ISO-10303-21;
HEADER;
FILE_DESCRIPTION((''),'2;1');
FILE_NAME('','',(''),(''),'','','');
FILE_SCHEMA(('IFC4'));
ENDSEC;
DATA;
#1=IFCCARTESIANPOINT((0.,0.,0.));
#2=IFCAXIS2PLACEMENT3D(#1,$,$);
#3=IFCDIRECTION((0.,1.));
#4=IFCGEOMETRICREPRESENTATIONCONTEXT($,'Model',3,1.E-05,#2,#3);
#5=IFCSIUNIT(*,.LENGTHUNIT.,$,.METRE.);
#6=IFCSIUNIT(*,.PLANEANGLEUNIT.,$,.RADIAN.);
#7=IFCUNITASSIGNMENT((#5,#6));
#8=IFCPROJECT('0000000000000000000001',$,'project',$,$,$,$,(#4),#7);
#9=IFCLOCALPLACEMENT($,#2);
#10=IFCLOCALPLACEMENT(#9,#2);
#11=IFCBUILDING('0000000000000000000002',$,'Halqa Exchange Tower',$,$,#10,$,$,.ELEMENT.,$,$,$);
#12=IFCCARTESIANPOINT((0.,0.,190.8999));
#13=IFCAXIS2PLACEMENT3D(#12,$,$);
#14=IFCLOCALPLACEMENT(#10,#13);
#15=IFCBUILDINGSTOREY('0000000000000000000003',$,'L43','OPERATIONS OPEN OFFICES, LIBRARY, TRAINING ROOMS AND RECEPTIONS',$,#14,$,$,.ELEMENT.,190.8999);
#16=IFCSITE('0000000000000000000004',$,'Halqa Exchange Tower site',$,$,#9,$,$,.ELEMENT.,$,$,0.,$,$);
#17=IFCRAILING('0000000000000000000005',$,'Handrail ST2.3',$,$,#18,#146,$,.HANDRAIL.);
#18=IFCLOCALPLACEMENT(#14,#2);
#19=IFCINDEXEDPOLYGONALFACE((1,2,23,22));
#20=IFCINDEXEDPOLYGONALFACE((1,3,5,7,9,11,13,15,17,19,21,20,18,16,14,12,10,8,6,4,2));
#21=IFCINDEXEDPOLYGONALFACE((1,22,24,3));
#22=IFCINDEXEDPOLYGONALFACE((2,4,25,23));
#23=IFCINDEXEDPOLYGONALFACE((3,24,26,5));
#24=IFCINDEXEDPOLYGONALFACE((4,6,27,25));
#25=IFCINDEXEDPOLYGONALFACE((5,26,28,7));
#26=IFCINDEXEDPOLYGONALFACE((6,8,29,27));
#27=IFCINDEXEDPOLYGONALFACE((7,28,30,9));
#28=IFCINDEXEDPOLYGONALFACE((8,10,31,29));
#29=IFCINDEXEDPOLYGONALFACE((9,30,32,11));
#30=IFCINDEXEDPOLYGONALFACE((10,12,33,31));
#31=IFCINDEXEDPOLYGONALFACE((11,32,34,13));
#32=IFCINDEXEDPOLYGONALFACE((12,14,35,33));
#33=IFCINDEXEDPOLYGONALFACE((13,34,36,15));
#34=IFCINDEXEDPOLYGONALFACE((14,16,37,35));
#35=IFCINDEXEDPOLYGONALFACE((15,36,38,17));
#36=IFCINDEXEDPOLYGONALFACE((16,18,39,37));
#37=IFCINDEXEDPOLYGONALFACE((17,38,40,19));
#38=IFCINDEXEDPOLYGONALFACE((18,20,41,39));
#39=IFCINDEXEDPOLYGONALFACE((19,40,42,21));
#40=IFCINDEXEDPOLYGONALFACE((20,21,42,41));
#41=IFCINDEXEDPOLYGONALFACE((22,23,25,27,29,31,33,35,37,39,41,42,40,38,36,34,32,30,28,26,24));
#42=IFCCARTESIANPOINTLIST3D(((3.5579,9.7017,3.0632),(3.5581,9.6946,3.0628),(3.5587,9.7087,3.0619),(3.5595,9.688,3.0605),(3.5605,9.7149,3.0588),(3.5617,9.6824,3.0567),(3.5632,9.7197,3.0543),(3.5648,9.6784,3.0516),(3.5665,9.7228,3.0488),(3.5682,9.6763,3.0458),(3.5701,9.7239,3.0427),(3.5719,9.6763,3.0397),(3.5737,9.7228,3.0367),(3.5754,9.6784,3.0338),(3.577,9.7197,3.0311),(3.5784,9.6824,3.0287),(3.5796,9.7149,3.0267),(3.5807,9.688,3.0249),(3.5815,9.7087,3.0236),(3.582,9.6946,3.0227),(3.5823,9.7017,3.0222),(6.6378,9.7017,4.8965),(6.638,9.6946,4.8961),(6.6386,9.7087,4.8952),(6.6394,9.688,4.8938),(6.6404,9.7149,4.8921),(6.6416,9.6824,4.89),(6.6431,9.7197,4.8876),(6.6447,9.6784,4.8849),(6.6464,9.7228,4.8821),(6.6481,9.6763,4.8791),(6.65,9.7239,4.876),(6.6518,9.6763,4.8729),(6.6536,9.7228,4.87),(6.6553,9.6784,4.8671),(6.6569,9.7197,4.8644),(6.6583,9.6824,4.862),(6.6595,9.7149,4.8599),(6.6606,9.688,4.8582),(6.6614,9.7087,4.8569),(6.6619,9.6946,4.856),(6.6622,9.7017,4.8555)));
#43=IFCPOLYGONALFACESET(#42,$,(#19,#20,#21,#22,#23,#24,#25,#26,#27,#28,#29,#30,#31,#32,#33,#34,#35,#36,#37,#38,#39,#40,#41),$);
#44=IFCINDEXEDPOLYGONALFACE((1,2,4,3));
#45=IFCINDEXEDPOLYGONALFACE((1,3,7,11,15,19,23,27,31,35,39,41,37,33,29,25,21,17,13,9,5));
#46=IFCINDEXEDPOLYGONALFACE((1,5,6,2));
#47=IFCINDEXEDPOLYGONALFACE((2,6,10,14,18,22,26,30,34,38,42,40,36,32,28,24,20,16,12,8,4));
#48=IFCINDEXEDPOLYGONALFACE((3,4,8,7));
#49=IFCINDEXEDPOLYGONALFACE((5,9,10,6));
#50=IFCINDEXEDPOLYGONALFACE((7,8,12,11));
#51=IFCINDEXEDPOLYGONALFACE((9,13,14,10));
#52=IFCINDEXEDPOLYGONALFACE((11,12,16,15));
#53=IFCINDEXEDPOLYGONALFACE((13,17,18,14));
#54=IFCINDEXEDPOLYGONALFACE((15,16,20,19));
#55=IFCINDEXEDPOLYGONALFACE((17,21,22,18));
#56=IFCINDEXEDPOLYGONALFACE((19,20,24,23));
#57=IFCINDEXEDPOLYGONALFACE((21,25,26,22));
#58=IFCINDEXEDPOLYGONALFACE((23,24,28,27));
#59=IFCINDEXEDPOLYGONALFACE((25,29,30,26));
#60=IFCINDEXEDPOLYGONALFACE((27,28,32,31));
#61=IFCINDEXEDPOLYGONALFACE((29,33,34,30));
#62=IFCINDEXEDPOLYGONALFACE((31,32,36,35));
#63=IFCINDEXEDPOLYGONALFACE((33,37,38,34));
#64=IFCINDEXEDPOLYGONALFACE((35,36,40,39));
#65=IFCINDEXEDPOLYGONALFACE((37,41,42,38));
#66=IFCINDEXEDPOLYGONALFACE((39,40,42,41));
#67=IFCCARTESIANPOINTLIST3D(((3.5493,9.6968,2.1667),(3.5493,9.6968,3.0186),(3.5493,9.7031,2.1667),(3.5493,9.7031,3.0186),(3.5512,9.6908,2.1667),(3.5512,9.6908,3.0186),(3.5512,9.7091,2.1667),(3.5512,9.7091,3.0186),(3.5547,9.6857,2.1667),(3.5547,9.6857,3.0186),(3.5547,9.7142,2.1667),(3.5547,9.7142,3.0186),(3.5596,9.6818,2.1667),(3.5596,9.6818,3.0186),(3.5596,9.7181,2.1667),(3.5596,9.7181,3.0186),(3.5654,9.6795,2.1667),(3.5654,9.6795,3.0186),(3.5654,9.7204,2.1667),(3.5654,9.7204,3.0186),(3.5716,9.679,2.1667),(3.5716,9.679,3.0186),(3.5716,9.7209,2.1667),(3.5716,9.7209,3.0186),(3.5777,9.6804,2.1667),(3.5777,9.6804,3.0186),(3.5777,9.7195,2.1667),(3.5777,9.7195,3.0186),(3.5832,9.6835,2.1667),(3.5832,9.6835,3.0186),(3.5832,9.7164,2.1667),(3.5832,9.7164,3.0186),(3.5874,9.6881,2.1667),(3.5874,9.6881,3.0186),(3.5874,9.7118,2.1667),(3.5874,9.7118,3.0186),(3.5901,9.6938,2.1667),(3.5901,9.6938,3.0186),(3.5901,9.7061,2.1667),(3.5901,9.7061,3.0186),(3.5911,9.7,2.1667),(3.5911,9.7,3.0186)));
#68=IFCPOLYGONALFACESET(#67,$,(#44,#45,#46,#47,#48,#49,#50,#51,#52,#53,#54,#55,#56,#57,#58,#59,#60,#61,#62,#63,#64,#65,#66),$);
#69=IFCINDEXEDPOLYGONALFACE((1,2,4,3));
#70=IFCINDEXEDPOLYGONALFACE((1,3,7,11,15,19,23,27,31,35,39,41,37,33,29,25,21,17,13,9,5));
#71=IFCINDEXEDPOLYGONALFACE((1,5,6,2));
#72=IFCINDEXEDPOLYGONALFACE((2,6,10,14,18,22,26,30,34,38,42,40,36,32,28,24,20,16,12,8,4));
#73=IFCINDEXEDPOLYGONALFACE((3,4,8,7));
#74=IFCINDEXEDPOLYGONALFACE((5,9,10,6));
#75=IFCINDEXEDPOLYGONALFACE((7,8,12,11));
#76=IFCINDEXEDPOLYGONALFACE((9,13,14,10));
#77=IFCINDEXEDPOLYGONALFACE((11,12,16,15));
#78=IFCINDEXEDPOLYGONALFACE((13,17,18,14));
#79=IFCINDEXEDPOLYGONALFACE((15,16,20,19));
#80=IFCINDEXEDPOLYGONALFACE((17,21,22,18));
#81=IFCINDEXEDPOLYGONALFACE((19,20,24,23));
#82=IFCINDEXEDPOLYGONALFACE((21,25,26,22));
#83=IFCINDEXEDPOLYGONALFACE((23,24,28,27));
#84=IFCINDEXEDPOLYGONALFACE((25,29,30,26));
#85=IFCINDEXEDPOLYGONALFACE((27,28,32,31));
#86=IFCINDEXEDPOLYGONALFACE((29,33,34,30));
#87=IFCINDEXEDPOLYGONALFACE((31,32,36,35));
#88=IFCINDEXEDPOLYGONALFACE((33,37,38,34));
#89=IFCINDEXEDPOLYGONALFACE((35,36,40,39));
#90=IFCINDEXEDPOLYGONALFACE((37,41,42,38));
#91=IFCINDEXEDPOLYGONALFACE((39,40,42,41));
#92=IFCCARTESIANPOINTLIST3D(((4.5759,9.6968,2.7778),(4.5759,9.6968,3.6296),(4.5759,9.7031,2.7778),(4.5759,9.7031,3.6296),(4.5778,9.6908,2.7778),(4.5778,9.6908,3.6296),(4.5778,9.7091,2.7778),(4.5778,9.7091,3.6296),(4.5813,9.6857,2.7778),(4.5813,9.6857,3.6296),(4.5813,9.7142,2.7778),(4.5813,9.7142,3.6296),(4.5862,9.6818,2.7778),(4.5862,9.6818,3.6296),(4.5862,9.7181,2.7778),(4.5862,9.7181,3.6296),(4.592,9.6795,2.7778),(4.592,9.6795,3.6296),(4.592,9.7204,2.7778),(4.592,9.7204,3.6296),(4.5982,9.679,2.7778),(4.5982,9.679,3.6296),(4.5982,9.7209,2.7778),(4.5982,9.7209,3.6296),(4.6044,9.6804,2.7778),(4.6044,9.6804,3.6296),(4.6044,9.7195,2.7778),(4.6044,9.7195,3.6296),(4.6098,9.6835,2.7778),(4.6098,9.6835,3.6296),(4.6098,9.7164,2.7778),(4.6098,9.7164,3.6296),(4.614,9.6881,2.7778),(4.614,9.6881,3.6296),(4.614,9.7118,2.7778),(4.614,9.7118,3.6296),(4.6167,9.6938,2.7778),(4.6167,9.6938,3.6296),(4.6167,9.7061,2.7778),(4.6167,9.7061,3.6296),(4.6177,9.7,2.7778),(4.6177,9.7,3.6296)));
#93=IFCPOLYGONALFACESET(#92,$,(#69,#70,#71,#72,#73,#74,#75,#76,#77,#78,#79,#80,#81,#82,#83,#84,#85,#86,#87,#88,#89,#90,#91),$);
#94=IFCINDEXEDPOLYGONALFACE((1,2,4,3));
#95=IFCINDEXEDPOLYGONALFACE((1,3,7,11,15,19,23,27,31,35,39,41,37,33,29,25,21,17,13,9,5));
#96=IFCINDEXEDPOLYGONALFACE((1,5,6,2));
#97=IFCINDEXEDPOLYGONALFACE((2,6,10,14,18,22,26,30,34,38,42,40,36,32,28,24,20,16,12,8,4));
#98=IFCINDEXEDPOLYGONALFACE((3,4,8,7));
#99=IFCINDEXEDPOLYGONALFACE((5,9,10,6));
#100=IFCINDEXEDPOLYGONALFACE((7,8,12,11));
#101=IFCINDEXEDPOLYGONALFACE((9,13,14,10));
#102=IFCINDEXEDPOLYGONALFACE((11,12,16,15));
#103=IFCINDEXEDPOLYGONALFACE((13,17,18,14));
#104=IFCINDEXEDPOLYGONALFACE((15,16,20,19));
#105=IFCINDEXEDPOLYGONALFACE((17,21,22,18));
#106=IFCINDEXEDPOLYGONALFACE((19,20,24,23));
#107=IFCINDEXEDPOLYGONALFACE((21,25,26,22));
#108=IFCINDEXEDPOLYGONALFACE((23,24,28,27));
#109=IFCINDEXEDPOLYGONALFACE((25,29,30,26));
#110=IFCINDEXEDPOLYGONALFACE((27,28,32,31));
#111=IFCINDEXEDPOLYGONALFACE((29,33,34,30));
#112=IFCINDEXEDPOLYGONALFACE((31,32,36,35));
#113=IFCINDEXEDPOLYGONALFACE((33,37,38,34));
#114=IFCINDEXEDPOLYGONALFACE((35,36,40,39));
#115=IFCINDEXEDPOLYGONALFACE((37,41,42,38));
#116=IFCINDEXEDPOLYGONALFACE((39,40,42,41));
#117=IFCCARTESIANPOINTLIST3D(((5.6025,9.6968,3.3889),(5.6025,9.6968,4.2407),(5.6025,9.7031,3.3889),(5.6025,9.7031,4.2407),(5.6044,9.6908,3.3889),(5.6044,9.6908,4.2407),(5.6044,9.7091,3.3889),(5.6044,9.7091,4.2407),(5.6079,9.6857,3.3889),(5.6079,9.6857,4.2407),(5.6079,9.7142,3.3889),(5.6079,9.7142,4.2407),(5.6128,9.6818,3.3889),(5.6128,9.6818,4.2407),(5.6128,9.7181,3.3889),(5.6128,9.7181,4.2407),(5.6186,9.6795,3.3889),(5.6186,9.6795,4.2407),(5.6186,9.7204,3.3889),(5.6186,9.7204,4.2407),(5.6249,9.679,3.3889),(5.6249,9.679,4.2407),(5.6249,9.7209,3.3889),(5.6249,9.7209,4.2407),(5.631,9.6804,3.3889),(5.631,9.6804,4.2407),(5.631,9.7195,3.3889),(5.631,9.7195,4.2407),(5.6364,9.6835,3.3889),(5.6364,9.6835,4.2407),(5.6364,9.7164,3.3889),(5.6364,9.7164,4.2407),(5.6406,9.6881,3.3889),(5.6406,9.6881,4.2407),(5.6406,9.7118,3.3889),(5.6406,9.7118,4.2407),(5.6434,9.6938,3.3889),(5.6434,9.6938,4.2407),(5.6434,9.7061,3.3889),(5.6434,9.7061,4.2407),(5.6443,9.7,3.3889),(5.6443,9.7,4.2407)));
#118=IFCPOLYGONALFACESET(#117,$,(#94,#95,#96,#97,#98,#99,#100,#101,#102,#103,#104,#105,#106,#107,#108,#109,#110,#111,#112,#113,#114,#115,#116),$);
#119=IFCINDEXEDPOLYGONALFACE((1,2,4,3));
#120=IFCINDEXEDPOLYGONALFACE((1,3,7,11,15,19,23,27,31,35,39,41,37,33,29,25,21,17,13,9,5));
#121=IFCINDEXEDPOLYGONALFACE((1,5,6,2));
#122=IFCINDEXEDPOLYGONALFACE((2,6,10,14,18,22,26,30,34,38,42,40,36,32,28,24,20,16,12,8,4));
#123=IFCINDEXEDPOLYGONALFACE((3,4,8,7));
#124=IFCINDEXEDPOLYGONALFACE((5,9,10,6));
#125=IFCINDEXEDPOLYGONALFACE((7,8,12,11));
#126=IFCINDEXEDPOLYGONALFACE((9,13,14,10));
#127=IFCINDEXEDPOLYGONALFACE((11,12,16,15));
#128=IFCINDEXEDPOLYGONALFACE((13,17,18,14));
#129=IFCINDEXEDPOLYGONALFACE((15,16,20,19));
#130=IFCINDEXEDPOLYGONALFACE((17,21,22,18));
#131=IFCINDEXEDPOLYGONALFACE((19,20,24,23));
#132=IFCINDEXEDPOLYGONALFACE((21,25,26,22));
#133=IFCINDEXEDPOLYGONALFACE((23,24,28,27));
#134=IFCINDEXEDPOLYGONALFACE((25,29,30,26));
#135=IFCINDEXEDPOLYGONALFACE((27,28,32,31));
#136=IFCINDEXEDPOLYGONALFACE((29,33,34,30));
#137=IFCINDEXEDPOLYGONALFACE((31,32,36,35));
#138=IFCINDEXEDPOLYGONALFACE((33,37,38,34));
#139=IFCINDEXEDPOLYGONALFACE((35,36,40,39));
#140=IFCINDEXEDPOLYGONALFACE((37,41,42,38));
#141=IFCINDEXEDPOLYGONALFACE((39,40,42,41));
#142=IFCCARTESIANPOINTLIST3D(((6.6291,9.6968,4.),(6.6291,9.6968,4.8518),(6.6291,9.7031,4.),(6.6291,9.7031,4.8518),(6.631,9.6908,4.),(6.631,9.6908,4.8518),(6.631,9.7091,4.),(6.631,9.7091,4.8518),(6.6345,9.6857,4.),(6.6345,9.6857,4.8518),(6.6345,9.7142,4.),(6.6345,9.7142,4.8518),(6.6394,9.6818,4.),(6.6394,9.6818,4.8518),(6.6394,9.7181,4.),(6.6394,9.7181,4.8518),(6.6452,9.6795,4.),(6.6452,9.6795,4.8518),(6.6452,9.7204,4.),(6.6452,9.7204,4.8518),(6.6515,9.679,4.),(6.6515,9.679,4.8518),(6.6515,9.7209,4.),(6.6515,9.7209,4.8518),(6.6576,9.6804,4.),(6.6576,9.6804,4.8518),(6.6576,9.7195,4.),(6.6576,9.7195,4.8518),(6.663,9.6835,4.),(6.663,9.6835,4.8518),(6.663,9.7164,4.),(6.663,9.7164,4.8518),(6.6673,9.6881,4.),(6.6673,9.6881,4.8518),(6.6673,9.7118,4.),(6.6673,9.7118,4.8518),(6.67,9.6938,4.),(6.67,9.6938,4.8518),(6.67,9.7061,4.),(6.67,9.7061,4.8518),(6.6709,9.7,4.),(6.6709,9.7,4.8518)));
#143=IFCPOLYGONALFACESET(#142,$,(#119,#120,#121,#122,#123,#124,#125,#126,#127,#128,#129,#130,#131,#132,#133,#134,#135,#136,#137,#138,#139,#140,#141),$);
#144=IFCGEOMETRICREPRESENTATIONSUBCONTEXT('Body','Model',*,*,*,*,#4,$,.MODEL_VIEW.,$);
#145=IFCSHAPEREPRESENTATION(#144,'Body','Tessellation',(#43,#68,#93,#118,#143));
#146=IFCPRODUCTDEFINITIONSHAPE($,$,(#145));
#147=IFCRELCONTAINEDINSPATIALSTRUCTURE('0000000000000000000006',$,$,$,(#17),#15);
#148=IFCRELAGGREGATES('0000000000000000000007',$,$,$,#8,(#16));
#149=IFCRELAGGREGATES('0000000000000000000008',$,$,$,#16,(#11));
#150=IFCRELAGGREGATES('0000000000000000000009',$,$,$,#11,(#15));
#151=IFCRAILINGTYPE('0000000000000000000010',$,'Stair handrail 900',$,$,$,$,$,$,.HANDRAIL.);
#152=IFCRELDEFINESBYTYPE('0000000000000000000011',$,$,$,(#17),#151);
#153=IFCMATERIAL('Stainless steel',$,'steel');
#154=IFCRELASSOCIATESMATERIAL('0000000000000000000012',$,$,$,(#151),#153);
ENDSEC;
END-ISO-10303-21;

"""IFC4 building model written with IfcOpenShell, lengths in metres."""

from ifc_helpers import new_model, si_unit, direction, frame, origin, origin_2d, place, context, subcontext, project, spatial, circle, extrude, material, type_object, element, save


model = new_model("IFC4")

# Units and contexts
model_context = context("Model", 3, precision=1e-05, world=origin(), true_north=direction((0.0, 1.0)))
body_context = subcontext(model_context, "Body", "Model", "MODEL_VIEW")
ifc_project = project(units=[si_unit("LENGTHUNIT", "METRE"), si_unit("PLANEANGLEUNIT", "RADIAN")], contexts=[model_context])

# Site, building, storey
site_placement = place(None, origin())
site = spatial("IfcSite", under=ifc_project, at=site_placement, Name="Halqa Exchange Tower site", CompositionType="ELEMENT", RefElevation=0.0)
building_placement = place(site_placement, origin())
building = spatial("IfcBuilding", under=site, at=building_placement, Name="Halqa Exchange Tower", CompositionType="ELEMENT")
storey_placement = place(building_placement, frame((0.0, 0.0, 190.8999)))
storey = spatial("IfcBuildingStorey", under=building, at=storey_placement, Name="L43", Description="OPERATIONS OPEN OFFICES, LIBRARY, TRAINING ROOMS AND RECEPTIONS", CompositionType="ELEMENT", Elevation=190.8999)

# Railing
ifc_material_1 = material(Name="Stainless steel", Category="steel")
railing_type_1 = type_object("IfcRailingType", Name="Stair handrail 900", PredefinedType="HANDRAIL", material=ifc_material_1)
railing_1_placement = place(storey_placement, frame((3.5701, 9.7, 2.1667)))
element("IfcRailing", 1, at=railing_1_placement, inside=storey, type_object=railing_type_1, Name="Handrail ST2.3", PredefinedType="HANDRAIL", context=body_context, shape_type="SweptSolid", body=[
    extrude(circle(Radius=0.0239, at=origin_2d()), frame((0.0, 0.0, 0.876), z_axis=(0.859291, 0.0, 0.511487), x_axis=(0.0, 1.0, 0.0)), (0.0, 0.0, 1.0), 3.5842),
    extrude(circle(Radius=0.021, at=origin_2d()), origin(), (0.0, 0.0, 1.0), 0.8518),
    extrude(circle(Radius=0.021, at=origin_2d()), frame((1.0266, 0.0, 0.6111)), (0.0, 0.0, 1.0), 0.8518),
    extrude(circle(Radius=0.021, at=origin_2d()), frame((2.0532, 0.0, 1.2222)), (0.0, 0.0, 1.0), 0.8518),
    extrude(circle(Radius=0.021, at=origin_2d()), frame((3.0798, 0.0, 1.8333)), (0.0, 0.0, 1.0), 0.8518),
])

save(model, "model.ifc")
